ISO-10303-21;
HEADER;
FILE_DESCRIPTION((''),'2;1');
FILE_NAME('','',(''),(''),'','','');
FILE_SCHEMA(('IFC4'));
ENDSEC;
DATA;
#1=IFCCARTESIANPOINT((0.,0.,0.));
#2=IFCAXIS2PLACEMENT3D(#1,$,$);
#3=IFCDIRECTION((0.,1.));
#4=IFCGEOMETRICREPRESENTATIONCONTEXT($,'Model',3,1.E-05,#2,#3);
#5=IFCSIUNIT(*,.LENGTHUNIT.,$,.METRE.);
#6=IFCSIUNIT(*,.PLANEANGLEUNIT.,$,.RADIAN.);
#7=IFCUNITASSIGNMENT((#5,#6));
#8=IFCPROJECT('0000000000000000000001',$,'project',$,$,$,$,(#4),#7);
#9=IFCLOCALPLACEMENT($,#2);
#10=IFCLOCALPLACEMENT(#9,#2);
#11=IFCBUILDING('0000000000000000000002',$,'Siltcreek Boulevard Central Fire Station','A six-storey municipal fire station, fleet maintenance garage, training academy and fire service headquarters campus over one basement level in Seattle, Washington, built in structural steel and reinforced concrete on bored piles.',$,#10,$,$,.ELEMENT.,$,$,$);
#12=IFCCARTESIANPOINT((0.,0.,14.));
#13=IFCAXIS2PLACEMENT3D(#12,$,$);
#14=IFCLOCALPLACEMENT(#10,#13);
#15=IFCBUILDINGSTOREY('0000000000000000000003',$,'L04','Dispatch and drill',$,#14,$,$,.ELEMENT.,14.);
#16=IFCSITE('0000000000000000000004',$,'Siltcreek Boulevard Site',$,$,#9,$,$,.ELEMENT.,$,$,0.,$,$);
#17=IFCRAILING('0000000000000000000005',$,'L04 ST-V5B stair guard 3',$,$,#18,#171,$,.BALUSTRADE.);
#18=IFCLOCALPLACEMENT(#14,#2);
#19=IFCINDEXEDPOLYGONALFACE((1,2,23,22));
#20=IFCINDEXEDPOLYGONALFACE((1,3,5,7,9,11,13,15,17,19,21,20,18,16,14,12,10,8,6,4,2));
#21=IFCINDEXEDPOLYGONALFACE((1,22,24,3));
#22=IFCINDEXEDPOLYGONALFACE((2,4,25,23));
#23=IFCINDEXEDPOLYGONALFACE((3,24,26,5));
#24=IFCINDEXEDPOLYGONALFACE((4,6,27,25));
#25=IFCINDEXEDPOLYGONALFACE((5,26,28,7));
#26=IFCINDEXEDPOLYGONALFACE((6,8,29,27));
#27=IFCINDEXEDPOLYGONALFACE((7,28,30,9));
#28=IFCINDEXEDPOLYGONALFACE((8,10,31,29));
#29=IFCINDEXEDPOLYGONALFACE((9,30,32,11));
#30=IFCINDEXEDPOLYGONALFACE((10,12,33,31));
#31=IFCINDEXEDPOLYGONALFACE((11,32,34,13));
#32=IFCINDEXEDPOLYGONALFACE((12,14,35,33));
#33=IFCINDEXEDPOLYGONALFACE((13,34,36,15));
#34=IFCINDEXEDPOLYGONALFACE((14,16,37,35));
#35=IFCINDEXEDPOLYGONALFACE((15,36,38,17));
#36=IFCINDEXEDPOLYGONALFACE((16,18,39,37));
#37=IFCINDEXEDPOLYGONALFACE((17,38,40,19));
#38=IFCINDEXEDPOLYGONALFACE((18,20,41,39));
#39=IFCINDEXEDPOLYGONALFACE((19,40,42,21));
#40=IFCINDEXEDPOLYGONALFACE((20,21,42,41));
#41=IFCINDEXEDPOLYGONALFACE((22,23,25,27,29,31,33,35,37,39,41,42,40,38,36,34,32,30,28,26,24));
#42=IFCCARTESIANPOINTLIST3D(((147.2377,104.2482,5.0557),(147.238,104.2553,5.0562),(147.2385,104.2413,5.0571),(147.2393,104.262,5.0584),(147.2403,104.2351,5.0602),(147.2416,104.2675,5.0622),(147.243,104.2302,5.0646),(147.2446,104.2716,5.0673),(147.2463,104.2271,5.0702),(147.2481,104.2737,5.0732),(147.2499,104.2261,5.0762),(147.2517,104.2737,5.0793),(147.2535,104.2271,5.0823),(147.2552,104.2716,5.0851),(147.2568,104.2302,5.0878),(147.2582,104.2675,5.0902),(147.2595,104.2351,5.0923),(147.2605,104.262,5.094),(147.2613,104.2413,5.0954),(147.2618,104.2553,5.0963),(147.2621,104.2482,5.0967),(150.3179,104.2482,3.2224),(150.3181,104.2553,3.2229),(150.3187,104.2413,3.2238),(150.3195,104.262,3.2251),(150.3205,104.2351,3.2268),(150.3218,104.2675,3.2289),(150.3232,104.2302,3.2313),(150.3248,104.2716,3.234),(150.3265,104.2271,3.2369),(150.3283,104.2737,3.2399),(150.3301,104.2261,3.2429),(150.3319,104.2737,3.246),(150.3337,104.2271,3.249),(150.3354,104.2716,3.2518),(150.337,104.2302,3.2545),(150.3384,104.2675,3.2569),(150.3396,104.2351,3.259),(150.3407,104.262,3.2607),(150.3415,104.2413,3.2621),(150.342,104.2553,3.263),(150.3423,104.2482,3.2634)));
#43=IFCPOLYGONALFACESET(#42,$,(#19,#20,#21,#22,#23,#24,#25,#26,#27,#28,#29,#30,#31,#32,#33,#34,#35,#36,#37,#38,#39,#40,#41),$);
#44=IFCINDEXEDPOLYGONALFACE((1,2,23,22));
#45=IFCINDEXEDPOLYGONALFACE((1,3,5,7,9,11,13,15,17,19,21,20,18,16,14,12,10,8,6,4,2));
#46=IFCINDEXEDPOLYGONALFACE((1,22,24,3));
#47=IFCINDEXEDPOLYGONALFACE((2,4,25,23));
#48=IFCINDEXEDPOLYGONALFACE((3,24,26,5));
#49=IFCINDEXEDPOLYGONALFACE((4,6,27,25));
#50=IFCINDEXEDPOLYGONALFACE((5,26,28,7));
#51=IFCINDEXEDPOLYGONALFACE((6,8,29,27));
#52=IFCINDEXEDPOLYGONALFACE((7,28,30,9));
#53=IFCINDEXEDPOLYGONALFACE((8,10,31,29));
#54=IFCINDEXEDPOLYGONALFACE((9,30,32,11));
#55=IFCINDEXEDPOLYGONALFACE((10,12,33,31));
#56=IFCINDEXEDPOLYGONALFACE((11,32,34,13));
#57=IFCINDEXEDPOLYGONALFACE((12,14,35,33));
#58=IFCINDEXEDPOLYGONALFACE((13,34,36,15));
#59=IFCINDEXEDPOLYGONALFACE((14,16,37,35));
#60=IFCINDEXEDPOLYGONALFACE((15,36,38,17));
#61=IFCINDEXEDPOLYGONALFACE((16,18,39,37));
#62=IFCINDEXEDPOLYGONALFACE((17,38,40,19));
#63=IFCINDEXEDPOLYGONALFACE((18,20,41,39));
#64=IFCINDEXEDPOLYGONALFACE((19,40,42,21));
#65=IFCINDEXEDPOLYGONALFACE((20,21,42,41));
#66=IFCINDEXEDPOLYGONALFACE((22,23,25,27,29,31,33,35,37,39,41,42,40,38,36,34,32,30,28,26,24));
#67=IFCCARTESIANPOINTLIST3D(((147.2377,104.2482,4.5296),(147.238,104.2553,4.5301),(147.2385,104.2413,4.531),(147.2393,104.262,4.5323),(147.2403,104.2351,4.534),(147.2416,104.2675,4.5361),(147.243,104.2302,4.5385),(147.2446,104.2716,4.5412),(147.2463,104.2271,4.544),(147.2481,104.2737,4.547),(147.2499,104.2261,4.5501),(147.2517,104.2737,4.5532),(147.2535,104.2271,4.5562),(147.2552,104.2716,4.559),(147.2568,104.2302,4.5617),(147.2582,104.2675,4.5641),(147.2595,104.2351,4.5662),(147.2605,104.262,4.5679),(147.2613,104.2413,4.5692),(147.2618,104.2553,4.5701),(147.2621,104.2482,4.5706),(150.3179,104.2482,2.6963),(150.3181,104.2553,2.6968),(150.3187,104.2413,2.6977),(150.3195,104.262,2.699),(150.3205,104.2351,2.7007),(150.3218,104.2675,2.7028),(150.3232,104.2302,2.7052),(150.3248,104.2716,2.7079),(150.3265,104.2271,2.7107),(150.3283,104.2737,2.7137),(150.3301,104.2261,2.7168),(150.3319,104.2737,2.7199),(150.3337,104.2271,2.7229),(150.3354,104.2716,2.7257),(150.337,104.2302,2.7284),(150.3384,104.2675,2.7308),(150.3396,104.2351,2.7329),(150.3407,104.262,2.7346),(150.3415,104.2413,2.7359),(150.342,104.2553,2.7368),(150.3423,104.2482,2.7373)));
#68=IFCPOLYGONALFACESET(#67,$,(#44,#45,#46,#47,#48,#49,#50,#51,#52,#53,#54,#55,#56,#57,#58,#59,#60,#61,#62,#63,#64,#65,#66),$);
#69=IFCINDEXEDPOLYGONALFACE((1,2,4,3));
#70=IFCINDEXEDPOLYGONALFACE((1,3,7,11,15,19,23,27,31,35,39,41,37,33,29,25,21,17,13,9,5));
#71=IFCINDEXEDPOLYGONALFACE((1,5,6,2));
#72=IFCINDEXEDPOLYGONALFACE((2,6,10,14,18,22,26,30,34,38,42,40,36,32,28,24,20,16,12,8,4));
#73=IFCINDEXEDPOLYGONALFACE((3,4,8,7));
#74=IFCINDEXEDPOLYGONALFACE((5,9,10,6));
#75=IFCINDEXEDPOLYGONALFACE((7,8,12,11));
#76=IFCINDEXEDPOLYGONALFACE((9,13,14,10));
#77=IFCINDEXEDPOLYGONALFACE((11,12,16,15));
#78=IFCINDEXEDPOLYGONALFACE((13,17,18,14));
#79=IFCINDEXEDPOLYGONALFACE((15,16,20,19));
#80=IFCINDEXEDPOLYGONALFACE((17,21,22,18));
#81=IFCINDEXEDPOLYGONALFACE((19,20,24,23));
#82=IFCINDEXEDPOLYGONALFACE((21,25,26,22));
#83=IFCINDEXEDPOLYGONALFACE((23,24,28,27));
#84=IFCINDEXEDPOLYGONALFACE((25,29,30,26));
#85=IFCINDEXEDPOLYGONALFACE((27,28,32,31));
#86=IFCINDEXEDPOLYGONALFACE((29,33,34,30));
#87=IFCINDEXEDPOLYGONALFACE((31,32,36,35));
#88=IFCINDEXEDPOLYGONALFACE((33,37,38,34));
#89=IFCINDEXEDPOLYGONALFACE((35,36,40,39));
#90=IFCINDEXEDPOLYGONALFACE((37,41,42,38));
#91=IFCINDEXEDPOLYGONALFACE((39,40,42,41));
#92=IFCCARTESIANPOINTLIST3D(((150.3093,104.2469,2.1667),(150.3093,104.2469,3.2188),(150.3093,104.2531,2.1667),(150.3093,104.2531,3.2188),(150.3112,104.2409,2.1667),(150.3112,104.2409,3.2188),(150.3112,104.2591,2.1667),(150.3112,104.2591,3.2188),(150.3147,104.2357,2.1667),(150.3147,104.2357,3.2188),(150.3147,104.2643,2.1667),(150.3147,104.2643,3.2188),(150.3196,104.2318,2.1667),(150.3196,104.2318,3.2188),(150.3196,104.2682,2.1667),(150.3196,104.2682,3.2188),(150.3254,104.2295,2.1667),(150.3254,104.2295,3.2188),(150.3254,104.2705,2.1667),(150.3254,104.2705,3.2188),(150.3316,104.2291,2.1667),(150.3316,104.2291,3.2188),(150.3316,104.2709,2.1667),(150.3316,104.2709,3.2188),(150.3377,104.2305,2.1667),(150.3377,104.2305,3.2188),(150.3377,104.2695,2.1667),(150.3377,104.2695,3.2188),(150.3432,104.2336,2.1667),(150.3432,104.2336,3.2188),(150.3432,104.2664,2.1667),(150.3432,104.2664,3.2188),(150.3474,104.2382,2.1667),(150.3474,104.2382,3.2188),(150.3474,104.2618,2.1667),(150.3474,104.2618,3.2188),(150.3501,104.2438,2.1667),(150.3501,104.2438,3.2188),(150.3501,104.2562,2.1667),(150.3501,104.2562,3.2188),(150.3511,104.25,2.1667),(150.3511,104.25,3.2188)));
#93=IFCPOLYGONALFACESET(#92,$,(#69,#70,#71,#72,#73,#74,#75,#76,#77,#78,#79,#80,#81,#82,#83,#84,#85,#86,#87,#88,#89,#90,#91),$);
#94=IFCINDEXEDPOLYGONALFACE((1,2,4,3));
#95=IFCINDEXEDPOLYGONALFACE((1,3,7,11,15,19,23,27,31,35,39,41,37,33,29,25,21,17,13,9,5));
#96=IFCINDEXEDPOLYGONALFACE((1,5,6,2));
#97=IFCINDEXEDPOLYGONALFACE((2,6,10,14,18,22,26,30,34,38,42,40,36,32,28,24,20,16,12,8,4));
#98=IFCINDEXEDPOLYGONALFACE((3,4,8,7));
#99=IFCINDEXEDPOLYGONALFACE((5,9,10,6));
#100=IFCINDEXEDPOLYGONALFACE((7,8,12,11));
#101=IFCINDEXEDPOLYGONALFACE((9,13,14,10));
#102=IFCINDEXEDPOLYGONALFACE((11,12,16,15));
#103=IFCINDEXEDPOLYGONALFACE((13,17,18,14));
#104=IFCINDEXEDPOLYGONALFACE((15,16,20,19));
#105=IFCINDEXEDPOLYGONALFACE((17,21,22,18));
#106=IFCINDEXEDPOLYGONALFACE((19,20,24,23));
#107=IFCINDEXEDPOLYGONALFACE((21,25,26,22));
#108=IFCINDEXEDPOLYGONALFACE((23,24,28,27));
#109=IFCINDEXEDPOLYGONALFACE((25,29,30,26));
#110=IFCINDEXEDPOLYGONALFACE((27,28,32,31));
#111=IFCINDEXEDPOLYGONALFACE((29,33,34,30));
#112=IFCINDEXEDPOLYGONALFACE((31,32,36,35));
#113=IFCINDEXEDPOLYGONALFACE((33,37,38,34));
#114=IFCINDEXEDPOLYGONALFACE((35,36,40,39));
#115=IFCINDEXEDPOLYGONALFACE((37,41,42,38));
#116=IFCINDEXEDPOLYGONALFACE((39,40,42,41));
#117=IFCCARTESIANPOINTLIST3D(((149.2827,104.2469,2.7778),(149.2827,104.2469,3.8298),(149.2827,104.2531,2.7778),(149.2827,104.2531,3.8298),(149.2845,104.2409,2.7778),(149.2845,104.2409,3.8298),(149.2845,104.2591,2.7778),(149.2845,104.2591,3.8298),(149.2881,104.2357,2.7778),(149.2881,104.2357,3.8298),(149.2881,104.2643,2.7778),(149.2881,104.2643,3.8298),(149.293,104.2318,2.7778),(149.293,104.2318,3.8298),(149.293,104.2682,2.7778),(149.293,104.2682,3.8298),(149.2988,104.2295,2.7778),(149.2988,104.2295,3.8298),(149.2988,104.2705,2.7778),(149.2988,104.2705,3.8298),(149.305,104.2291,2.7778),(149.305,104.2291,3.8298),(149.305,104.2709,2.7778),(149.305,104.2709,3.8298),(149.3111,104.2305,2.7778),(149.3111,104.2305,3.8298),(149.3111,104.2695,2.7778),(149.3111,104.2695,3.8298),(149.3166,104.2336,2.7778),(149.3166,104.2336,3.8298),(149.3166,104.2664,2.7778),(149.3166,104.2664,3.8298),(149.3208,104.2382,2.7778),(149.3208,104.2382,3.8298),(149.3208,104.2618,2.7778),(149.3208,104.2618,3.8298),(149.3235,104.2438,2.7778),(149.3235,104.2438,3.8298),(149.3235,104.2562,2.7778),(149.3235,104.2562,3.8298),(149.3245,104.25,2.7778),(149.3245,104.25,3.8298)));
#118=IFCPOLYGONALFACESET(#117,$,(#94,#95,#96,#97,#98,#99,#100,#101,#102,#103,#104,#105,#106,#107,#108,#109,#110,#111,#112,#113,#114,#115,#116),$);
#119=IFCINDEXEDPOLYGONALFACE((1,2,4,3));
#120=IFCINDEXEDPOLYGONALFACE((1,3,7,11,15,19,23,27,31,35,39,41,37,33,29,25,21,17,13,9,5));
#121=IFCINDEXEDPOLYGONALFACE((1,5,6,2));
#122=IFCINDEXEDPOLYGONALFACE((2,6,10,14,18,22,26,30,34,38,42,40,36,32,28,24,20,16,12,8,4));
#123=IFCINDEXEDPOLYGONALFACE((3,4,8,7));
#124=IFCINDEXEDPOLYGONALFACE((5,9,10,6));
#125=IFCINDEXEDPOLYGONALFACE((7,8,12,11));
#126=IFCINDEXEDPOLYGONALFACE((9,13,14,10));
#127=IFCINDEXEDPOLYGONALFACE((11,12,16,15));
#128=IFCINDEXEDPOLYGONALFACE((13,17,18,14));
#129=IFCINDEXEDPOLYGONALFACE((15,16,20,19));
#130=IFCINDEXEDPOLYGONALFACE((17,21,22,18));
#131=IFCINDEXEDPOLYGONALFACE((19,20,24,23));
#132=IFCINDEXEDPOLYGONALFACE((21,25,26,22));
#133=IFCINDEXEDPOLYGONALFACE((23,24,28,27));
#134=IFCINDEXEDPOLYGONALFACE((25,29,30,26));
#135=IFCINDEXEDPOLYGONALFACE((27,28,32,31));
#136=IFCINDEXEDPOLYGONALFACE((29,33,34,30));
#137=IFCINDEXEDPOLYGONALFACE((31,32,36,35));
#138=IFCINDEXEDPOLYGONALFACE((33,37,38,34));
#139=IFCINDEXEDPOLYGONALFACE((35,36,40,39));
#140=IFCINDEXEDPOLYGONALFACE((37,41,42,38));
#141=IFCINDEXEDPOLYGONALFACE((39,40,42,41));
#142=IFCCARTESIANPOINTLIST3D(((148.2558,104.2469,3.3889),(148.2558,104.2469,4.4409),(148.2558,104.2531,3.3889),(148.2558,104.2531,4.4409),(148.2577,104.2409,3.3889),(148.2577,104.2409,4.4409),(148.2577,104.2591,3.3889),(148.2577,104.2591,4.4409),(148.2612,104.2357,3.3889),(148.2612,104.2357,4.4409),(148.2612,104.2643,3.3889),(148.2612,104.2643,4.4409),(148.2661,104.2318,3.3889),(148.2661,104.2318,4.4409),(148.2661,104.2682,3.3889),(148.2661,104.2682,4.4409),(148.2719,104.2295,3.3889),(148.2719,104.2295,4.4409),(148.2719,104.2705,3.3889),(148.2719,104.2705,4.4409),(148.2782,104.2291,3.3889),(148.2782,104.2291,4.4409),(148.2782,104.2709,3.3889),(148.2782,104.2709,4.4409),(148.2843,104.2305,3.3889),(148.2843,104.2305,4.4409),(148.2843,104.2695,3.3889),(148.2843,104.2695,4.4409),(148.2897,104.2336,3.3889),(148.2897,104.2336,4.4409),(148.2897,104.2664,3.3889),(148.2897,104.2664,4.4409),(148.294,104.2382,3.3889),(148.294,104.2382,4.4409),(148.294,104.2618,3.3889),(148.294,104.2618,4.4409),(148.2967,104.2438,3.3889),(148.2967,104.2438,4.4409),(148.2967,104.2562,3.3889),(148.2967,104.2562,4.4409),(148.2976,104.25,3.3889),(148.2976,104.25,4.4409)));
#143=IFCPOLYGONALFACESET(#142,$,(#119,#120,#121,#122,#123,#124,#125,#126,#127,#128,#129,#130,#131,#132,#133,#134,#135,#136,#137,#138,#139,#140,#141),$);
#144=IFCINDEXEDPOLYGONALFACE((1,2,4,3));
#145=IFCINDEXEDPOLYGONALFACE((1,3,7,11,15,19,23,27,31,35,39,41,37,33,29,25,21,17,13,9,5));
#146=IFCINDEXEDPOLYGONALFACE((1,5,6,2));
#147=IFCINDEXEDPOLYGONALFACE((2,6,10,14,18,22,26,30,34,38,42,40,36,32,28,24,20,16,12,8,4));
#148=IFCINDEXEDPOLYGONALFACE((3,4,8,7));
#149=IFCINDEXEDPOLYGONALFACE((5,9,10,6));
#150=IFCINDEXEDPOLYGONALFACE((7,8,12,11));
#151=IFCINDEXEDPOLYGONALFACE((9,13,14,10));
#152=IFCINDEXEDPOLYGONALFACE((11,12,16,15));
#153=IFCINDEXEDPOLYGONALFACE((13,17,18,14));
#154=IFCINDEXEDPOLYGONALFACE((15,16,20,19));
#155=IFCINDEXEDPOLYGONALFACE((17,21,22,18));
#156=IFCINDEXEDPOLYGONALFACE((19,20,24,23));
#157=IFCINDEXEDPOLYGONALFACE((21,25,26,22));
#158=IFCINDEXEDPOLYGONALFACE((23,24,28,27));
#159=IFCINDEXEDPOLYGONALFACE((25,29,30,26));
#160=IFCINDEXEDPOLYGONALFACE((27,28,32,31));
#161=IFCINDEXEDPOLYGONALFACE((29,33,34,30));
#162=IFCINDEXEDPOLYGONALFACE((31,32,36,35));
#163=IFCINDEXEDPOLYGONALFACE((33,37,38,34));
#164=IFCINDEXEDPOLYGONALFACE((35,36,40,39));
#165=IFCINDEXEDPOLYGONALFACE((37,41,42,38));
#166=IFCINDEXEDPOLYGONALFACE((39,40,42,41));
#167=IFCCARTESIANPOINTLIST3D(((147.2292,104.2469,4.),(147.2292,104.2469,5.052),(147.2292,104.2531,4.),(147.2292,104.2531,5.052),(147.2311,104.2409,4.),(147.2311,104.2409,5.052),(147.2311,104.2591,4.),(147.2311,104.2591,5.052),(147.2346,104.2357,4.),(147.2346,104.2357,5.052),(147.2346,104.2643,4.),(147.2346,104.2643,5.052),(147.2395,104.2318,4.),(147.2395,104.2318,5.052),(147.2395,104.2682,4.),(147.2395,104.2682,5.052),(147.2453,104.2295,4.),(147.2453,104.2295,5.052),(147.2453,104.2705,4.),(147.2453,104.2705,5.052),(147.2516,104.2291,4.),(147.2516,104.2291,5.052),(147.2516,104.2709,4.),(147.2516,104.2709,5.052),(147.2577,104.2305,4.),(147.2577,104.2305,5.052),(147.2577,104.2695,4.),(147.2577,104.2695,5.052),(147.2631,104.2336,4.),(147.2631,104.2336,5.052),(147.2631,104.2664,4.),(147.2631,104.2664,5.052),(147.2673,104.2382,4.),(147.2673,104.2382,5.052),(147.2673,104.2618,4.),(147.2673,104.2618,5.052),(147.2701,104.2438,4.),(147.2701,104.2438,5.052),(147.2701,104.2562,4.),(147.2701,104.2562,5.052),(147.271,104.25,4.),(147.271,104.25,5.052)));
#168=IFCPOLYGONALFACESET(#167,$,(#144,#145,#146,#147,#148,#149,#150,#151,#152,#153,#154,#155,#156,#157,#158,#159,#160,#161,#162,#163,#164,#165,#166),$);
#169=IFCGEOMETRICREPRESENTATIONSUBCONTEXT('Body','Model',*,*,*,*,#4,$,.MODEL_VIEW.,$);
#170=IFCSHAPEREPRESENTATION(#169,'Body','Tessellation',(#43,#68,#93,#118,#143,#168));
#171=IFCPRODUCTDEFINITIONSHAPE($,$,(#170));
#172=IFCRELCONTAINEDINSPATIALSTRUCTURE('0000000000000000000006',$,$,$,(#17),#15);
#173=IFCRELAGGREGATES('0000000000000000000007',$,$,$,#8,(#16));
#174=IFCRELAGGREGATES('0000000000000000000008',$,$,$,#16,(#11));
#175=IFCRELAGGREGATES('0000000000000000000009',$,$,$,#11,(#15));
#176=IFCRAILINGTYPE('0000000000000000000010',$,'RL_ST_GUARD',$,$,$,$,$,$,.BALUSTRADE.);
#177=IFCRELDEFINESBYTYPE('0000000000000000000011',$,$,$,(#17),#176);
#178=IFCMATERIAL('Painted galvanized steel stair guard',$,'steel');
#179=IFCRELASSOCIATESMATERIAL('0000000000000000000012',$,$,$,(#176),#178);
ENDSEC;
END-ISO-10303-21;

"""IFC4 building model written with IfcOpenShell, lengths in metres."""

from ifc_helpers import new_model, si_unit, direction, frame, origin, origin_2d, place, context, subcontext, project, spatial, circle, extrude, material, type_object, element, save


model = new_model("IFC4")

# Units and contexts
model_context = context("Model", 3, precision=1e-05, world=origin(), true_north=direction((0.0, 1.0)))
body_context = subcontext(model_context, "Body", "Model", "MODEL_VIEW")
ifc_project = project(units=[si_unit("LENGTHUNIT", "METRE"), si_unit("PLANEANGLEUNIT", "RADIAN")], contexts=[model_context])

# Site, building, storey
site_placement = place(None, origin())
site = spatial("IfcSite", under=ifc_project, at=site_placement, Name="Siltcreek Boulevard Site", CompositionType="ELEMENT", RefElevation=0.0)
building_placement = place(site_placement, origin())
building = spatial("IfcBuilding", under=site, at=building_placement, Name="Siltcreek Boulevard Central Fire Station", Description="A six-storey municipal fire station, fleet maintenance garage, training academy and fire service headquarters campus over one basement level in Seattle, Washington, built in structural steel and reinforced concrete on bored piles.", CompositionType="ELEMENT")
storey_placement = place(building_placement, frame((0.0, 0.0, 14.0)))
storey = spatial("IfcBuildingStorey", under=building, at=storey_placement, Name="L04", Description="Dispatch and drill", CompositionType="ELEMENT", Elevation=14.0)

# Railing
ifc_material_1 = material(Name="Painted galvanized steel stair guard", Category="steel")
railing_type_1 = type_object("IfcRailingType", Name="RL_ST_GUARD", PredefinedType="BALUSTRADE", material=ifc_material_1)
railing_1_placement = place(storey_placement, frame((150.3301, 104.25, 2.1667)))
element("IfcRailing", 1, at=railing_1_placement, inside=storey, type_object=railing_type_1, Name="L04 ST-V5B stair guard 3", PredefinedType="BALUSTRADE", context=body_context, shape_type="SweptSolid", body=[
    extrude(circle(Radius=0.0239, at=origin_2d()), frame((0.0, 0.0, 1.0762), z_axis=(-0.859309, 0.0, 0.511458), x_axis=(0.0, -1.0, 0.0)), (0.0, 0.0, 1.0), 3.5845),
    extrude(circle(Radius=0.0239, at=origin_2d()), frame((0.0, 0.0, 0.55), z_axis=(-0.859309, 0.0, 0.511458), x_axis=(0.0, -1.0, 0.0)), (0.0, 0.0, 1.0), 3.5845),
    extrude(circle(Radius=0.021, at=origin_2d()), origin(), (0.0, 0.0, 1.0), 1.052),
    extrude(circle(Radius=0.021, at=origin_2d()), frame((-1.0266, 0.0, 0.6111)), (0.0, 0.0, 1.0), 1.052),
    extrude(circle(Radius=0.021, at=origin_2d()), frame((-2.0535, 0.0, 1.2222)), (0.0, 0.0, 1.0), 1.052),
    extrude(circle(Radius=0.021, at=origin_2d()), frame((-3.0801, 0.0, 1.8333)), (0.0, 0.0, 1.0), 1.052),
])

save(model, "model.ifc")
